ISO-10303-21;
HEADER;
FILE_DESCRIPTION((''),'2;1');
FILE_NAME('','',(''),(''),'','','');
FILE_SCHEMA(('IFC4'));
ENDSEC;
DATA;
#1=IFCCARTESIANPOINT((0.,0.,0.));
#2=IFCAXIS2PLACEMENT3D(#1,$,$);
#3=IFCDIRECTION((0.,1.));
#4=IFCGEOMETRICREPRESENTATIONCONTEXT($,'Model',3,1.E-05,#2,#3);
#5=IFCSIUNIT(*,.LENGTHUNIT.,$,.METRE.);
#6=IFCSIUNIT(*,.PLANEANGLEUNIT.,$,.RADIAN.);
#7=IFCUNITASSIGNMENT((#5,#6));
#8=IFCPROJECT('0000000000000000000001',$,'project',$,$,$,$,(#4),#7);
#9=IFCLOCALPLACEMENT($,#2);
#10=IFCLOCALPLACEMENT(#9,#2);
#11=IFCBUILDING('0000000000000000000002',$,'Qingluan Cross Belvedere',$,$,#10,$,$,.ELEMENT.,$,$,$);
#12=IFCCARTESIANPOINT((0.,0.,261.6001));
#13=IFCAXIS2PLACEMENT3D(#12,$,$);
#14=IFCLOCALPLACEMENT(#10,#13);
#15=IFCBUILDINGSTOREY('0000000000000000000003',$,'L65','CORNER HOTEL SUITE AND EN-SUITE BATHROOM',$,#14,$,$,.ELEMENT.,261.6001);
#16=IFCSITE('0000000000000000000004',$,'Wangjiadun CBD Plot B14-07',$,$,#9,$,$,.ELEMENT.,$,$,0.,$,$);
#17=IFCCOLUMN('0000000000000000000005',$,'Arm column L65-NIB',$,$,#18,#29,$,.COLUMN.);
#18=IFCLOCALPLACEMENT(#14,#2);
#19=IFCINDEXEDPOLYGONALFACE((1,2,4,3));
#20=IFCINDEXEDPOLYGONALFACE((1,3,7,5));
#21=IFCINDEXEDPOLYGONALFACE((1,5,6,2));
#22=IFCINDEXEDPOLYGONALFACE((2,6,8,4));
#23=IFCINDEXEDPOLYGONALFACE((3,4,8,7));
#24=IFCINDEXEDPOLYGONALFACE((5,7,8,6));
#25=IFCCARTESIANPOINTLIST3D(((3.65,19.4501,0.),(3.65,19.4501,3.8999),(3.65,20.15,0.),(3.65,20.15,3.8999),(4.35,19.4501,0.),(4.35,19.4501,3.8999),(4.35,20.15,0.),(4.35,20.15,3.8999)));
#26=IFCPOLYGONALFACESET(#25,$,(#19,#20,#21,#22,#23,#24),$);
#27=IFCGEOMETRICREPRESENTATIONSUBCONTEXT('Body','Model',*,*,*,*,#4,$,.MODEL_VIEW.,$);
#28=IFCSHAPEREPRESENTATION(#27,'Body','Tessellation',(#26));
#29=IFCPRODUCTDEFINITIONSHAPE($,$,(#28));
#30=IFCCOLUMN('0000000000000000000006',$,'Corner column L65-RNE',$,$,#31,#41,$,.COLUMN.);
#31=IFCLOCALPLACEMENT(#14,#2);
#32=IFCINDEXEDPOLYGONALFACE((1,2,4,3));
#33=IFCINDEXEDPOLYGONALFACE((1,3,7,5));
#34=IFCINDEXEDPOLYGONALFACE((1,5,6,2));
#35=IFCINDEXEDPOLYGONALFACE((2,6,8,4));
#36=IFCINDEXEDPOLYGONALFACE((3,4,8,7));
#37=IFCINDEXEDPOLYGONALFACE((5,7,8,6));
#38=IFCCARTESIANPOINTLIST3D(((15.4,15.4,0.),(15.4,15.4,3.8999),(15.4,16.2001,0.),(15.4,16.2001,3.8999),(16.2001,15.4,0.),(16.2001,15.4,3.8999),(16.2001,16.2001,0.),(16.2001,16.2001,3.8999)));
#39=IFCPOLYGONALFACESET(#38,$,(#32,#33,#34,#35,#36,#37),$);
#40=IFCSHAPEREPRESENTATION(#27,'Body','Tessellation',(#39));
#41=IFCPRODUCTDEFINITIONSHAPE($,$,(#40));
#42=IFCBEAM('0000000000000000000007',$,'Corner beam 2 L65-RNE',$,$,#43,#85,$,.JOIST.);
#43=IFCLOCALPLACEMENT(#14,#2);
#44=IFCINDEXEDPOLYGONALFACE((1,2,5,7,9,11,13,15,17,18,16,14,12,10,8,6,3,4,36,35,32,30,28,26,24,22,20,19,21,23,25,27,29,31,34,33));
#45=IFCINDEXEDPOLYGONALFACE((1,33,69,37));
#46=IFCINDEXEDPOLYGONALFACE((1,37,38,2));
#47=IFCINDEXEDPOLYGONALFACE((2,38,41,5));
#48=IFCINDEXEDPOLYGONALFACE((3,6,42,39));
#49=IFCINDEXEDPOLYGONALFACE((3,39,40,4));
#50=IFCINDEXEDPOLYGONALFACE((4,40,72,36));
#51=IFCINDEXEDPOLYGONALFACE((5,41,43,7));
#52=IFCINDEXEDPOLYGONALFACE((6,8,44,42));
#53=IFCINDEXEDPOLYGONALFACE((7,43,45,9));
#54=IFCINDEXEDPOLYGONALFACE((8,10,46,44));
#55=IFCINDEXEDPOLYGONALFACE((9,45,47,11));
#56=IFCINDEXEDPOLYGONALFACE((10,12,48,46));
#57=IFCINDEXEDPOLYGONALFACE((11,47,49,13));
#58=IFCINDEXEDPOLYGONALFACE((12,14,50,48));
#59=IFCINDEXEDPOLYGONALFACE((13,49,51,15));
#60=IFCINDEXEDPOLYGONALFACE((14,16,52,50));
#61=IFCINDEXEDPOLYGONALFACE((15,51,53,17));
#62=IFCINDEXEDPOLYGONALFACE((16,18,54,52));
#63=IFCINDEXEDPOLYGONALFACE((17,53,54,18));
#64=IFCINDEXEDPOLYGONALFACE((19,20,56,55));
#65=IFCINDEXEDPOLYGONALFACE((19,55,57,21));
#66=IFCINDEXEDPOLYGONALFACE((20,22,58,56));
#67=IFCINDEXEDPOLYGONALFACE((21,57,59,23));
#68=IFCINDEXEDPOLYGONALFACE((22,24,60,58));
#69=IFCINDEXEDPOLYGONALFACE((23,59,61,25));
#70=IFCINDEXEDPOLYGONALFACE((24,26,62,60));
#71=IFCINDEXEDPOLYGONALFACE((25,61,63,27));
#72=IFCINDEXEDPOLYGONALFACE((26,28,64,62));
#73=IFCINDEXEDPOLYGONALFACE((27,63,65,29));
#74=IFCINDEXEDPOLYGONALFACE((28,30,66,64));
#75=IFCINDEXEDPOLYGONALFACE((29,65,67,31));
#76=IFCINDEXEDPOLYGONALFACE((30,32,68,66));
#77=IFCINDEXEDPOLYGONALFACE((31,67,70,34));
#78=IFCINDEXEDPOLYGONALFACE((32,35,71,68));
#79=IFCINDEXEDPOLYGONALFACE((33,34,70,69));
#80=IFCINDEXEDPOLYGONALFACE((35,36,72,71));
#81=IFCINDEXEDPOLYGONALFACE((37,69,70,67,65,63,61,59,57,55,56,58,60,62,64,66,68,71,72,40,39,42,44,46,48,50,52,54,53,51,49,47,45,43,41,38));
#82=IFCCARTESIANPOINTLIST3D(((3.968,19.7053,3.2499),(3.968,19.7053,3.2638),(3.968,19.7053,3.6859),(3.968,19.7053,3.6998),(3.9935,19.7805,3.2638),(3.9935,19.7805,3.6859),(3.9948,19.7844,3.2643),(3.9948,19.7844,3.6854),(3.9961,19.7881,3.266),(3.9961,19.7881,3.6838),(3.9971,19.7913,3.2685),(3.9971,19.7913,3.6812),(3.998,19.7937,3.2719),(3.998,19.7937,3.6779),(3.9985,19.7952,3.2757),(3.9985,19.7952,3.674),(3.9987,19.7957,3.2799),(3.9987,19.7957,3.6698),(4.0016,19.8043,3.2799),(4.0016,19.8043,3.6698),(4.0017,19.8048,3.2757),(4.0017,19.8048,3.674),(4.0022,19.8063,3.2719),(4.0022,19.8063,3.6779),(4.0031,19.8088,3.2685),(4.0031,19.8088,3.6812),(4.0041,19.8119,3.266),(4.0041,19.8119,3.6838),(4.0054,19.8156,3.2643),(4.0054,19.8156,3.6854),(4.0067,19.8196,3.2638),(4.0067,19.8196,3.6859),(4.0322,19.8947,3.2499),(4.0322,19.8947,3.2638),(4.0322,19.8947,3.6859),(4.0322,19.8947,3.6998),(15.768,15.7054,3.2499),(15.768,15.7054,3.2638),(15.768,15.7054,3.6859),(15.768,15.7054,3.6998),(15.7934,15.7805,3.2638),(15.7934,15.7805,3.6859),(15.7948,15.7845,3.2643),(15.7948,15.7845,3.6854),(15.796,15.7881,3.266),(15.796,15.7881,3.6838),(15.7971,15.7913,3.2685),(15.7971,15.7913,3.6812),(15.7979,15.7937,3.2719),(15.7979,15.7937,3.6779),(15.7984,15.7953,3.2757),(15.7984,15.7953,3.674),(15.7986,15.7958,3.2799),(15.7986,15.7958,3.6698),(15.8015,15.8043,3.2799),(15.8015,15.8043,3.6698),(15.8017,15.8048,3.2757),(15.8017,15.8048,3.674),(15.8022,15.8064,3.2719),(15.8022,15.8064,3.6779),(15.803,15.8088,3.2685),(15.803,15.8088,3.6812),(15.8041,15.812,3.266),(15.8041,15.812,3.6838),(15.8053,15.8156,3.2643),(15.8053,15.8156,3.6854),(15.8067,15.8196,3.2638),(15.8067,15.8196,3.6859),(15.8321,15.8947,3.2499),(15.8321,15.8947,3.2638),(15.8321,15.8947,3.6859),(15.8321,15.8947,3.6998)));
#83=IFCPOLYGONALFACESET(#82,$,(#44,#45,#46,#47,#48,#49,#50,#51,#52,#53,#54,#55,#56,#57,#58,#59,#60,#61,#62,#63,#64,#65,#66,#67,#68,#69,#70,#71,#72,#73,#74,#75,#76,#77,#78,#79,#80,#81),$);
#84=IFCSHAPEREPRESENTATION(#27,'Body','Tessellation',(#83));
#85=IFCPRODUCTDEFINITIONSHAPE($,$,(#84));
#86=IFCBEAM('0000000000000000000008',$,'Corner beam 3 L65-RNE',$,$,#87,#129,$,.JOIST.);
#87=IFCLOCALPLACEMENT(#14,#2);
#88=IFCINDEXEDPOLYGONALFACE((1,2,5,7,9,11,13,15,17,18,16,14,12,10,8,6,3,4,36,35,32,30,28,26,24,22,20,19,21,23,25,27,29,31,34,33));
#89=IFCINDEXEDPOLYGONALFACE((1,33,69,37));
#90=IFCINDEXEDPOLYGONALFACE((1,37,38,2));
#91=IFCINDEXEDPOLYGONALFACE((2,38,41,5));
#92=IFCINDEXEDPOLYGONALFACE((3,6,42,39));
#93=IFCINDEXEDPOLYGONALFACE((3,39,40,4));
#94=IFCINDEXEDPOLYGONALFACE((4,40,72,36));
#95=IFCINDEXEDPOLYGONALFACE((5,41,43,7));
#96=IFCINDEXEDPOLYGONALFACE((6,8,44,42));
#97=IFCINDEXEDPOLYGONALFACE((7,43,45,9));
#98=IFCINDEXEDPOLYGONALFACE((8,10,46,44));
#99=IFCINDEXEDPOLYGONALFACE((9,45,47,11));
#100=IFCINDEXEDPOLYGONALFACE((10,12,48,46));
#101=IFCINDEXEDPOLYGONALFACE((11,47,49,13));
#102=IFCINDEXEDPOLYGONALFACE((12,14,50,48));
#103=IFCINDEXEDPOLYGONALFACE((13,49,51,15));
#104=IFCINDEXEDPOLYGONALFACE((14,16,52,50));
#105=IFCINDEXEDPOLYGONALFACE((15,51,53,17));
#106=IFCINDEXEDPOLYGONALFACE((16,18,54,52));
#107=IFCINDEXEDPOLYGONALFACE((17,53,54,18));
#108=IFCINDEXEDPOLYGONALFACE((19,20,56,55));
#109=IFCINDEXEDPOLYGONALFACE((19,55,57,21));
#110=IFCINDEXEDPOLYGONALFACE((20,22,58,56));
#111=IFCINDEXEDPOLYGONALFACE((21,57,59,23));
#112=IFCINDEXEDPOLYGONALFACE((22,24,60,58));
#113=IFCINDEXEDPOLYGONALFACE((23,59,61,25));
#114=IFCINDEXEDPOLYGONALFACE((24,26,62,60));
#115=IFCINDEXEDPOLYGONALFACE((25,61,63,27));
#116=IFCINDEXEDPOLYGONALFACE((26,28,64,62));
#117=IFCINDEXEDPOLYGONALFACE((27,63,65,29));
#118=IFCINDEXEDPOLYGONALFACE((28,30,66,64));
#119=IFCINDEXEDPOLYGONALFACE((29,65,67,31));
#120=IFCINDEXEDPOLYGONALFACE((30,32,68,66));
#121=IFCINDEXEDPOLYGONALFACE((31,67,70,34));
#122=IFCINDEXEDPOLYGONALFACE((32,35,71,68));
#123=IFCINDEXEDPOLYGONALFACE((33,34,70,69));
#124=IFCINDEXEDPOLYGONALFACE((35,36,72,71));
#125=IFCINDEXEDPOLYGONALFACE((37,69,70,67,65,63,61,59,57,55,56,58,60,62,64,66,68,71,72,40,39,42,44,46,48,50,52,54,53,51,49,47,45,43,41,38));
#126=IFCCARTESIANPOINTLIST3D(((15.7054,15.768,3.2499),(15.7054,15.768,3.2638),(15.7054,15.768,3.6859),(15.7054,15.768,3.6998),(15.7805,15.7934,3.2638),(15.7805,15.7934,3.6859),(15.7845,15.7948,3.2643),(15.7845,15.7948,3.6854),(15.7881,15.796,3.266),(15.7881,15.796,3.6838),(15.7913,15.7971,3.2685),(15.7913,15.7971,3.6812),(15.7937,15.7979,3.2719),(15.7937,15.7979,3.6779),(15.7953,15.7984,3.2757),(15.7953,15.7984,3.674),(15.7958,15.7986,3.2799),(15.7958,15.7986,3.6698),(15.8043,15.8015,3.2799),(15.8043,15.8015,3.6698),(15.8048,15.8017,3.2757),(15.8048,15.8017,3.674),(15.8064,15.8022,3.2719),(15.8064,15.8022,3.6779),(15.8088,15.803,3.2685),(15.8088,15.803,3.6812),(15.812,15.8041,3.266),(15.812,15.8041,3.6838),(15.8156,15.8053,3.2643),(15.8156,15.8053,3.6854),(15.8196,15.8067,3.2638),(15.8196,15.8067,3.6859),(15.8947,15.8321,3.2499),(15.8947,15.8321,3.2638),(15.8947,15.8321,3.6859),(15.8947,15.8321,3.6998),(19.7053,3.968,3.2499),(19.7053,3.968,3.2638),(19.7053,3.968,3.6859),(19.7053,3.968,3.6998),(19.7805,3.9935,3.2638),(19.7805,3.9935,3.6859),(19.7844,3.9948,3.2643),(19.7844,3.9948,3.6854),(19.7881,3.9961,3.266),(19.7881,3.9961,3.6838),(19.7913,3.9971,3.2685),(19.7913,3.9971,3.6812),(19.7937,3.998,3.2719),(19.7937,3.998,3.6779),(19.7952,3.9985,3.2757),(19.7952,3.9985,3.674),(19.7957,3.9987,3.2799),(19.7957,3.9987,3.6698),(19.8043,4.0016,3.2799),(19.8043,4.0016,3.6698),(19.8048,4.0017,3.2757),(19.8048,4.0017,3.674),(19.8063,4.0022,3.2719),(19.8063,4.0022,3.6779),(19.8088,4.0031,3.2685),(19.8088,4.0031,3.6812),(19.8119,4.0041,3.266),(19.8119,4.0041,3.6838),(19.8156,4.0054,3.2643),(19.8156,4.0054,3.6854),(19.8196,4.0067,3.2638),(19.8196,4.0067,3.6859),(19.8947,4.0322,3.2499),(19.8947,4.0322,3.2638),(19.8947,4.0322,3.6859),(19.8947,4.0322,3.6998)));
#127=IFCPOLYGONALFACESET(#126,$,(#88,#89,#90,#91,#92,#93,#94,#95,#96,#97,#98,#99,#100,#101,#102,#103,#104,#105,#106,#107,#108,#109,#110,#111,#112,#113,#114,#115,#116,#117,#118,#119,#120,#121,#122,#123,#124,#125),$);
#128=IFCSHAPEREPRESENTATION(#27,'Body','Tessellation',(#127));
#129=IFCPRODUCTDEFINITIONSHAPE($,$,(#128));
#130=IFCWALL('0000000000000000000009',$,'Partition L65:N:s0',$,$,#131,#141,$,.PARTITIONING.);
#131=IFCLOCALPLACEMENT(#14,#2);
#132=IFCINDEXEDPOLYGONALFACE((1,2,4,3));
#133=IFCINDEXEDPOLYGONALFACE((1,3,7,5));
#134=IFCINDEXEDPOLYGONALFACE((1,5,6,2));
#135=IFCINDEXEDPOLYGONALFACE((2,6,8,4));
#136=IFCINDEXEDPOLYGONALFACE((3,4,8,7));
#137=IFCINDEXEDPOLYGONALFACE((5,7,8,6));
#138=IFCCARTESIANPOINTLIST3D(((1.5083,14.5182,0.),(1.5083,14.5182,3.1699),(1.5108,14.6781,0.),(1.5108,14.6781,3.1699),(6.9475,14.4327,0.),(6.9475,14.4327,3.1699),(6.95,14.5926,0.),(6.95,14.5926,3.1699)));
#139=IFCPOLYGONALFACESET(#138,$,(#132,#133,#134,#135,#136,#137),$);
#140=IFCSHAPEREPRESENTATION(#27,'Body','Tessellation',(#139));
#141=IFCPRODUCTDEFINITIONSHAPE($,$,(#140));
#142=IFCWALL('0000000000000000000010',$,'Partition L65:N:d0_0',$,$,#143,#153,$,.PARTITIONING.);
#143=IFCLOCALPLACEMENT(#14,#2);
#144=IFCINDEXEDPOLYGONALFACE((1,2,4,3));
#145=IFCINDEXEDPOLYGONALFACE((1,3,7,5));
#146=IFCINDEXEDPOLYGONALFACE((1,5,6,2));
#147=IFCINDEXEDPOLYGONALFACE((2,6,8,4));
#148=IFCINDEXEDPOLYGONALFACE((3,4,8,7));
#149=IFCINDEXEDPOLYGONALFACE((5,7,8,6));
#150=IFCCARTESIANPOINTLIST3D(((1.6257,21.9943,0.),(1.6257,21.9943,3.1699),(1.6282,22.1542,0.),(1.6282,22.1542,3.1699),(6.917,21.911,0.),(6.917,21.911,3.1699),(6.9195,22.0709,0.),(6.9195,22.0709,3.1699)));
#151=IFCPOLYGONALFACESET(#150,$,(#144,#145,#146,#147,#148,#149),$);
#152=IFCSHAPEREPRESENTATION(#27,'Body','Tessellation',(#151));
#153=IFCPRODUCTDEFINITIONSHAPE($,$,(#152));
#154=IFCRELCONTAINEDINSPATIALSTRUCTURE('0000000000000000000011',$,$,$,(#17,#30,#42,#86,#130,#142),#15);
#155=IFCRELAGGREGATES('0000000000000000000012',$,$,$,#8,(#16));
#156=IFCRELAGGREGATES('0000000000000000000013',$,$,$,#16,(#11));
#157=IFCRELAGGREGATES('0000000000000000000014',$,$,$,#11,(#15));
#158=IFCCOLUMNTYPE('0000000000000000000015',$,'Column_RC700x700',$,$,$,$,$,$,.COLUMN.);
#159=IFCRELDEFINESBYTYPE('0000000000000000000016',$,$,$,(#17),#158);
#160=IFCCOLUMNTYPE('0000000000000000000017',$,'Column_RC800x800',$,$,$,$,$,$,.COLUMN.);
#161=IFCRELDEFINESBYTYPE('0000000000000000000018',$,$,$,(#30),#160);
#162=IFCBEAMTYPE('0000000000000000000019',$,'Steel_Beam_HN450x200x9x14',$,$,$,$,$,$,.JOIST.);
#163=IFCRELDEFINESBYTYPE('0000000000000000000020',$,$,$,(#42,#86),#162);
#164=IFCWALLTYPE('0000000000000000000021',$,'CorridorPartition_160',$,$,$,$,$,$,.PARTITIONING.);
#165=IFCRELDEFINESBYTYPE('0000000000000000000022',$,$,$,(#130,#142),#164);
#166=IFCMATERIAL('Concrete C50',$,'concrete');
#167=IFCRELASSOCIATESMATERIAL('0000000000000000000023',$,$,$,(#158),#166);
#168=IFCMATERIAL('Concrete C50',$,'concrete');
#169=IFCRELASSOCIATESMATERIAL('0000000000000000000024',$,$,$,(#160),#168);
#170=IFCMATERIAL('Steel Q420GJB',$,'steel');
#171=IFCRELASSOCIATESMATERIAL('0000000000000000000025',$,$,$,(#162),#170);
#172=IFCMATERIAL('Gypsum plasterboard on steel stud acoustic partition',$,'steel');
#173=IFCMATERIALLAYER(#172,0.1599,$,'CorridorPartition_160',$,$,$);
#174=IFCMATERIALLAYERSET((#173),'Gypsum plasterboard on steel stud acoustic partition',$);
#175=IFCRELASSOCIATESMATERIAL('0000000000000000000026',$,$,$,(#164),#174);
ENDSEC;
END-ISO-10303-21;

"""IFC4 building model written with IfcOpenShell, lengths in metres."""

from ifc_helpers import new_model, si_unit, direction, frame, frame_2d, origin, origin_2d, place, context, subcontext, project, spatial, rectangle, i_section, extrude, material, layer, layer_set, material_profile, profile_set, type_object, element, save


model = new_model("IFC4")

# Units and contexts
model_context = context("Model", 3, precision=1e-05, world=origin(), true_north=direction((0.0, 1.0)))
body_context = subcontext(model_context, "Body", "Model", "MODEL_VIEW")
ifc_project = project(units=[si_unit("LENGTHUNIT", "METRE"), si_unit("PLANEANGLEUNIT", "RADIAN")], contexts=[model_context])

# Site, building, storey
site_placement = place(None, origin())
site = spatial("IfcSite", under=ifc_project, at=site_placement, Name="Wangjiadun CBD Plot B14-07", CompositionType="ELEMENT", RefElevation=0.0)
building_placement = place(site_placement, origin())
building = spatial("IfcBuilding", under=site, at=building_placement, Name="Qingluan Cross Belvedere", CompositionType="ELEMENT")
storey_placement = place(building_placement, frame((0.0, 0.0, 261.6001)))
storey = spatial("IfcBuildingStorey", under=building, at=storey_placement, Name="L65", Description="CORNER HOTEL SUITE AND EN-SUITE BATHROOM", CompositionType="ELEMENT", Elevation=261.6001)

# Columns
ifc_material_1 = material(Name="Concrete C50", Category="concrete")
ifc_material_profile_1 = material_profile(ifc_material_1, rectangle(XDim=0.7, YDim=0.7, at=origin_2d()), Name="RC700x700")
ifc_profile_set_1 = profile_set([ifc_material_profile_1], Name="Concrete C50")
column_type_1 = type_object("IfcColumnType", Name="Column_RC700x700", PredefinedType="COLUMN", material=ifc_profile_set_1)
column_1_placement = place(storey_placement, frame((4.0, 19.8, 0.0), z_axis=(0.0, 0.0, 1.0), x_axis=(1.0, 0.0, 0.0)))
element("IfcColumn", 1, at=column_1_placement, inside=storey, type_object=column_type_1, Name="Arm column L65-NIB", PredefinedType="COLUMN", context=body_context, shape_type="SweptSolid", body=[
    extrude(rectangle(XDim=0.7, YDim=0.7, at=origin_2d()), origin(), (0.0, 0.0, 1.0), 3.8999),
])
ifc_material_2 = material(Name="Concrete C50", Category="concrete")
ifc_material_profile_2 = material_profile(ifc_material_2, rectangle(XDim=0.8, YDim=0.8, at=origin_2d()), Name="RC800x800")
ifc_profile_set_2 = profile_set([ifc_material_profile_2], Name="Concrete C50")
column_type_2 = type_object("IfcColumnType", Name="Column_RC800x800", PredefinedType="COLUMN", material=ifc_profile_set_2)
column_2_placement = place(storey_placement, frame((15.8, 15.8, 0.0), z_axis=(0.0, 0.0, 1.0), x_axis=(1.0, 0.0, 0.0)))
element("IfcColumn", 2, at=column_2_placement, inside=storey, type_object=column_type_2, Name="Corner column L65-RNE", PredefinedType="COLUMN", context=body_context, shape_type="SweptSolid", body=[
    extrude(rectangle(XDim=0.8, YDim=0.8, at=origin_2d()), origin(), (0.0, 0.0, 1.0), 3.8999),
])

# Beams
ifc_material_3 = material(Name="Steel Q420GJB", Category="steel")
ifc_material_profile_3 = material_profile(ifc_material_3, i_section(OverallWidth=0.2, OverallDepth=0.45, WebThickness=0.009, FlangeThickness=0.0139, FilletRadius=0.0161, at=origin_2d()), Name="HN450x200x9x14")
ifc_profile_set_3 = profile_set([ifc_material_profile_3], Name="Steel Q420GJB")
beam_type = type_object("IfcBeamType", Name="Steel_Beam_HN450x200x9x14", PredefinedType="JOIST", material=ifc_profile_set_3)
for number, where, z_axis, x_axis, name in (
    (3, (15.8, 15.8, 3.4749), (-0.947066, 0.321038, 0.0), (-0.321038, -0.947066, 0.0), "Corner beam 2 L65-RNE"),
    (4, (15.8, 15.8, 3.4749), (0.321038, -0.947066, 0.0), (0.947066, 0.321038, 0.0), "Corner beam 3 L65-RNE"),
):
    element("IfcBeam", number, at=place(storey_placement, frame(where, z_axis=z_axis, x_axis=x_axis)), inside=storey, type_object=beam_type, Name=name, PredefinedType="JOIST", context=body_context, shape_type="SweptSolid", body=[
        extrude(i_section(OverallWidth=0.2, OverallDepth=0.45, WebThickness=0.009, FlangeThickness=0.0139, FilletRadius=0.0161, at=origin_2d()), origin(), (0.0, 0.0, 1.0), 12.4595),
    ])

# Walls
ifc_material_4 = material(Name="Gypsum plasterboard on steel stud acoustic partition", Category="steel")
ifc_layer_1 = layer(ifc_material_4, 0.1599, Name="CorridorPartition_160")
ifc_layer_set_1 = layer_set([ifc_layer_1], Name="Gypsum plasterboard on steel stud acoustic partition")
wall_type_1 = type_object("IfcWallType", Name="CorridorPartition_160", PredefinedType="PARTITIONING", material=ifc_layer_set_1)
wall_1_placement = place(storey_placement, frame((1.5095, 14.5981, 0.0), z_axis=(0.0, 0.0, 1.0), x_axis=(0.999877, -0.015708, 0.0)))
element("IfcWall", 5, at=wall_1_placement, inside=storey, type_object=wall_type_1, Name="Partition L65:N:s0", PredefinedType="PARTITIONING", context=body_context, shape_type="SweptSolid", body=[
    extrude(rectangle(XDim=5.4399, YDim=0.1599, at=frame_2d((2.72, 0.0))), origin(), (0.0, 0.0, 1.0), 3.1699),
])
wall_2_placement = place(storey_placement, frame((1.627, 22.0742, 0.0), z_axis=(0.0, 0.0, 1.0), x_axis=(0.999876, -0.015732, 0.0)))
element("IfcWall", 6, at=wall_2_placement, inside=storey, type_object=wall_type_1, Name="Partition L65:N:d0_0", PredefinedType="PARTITIONING", context=body_context, shape_type="SweptSolid", body=[
    extrude(rectangle(XDim=5.292, YDim=0.1599, at=frame_2d((2.646, 0.0))), origin(), (0.0, 0.0, 1.0), 3.1699),
])

save(model, "model.ifc")
